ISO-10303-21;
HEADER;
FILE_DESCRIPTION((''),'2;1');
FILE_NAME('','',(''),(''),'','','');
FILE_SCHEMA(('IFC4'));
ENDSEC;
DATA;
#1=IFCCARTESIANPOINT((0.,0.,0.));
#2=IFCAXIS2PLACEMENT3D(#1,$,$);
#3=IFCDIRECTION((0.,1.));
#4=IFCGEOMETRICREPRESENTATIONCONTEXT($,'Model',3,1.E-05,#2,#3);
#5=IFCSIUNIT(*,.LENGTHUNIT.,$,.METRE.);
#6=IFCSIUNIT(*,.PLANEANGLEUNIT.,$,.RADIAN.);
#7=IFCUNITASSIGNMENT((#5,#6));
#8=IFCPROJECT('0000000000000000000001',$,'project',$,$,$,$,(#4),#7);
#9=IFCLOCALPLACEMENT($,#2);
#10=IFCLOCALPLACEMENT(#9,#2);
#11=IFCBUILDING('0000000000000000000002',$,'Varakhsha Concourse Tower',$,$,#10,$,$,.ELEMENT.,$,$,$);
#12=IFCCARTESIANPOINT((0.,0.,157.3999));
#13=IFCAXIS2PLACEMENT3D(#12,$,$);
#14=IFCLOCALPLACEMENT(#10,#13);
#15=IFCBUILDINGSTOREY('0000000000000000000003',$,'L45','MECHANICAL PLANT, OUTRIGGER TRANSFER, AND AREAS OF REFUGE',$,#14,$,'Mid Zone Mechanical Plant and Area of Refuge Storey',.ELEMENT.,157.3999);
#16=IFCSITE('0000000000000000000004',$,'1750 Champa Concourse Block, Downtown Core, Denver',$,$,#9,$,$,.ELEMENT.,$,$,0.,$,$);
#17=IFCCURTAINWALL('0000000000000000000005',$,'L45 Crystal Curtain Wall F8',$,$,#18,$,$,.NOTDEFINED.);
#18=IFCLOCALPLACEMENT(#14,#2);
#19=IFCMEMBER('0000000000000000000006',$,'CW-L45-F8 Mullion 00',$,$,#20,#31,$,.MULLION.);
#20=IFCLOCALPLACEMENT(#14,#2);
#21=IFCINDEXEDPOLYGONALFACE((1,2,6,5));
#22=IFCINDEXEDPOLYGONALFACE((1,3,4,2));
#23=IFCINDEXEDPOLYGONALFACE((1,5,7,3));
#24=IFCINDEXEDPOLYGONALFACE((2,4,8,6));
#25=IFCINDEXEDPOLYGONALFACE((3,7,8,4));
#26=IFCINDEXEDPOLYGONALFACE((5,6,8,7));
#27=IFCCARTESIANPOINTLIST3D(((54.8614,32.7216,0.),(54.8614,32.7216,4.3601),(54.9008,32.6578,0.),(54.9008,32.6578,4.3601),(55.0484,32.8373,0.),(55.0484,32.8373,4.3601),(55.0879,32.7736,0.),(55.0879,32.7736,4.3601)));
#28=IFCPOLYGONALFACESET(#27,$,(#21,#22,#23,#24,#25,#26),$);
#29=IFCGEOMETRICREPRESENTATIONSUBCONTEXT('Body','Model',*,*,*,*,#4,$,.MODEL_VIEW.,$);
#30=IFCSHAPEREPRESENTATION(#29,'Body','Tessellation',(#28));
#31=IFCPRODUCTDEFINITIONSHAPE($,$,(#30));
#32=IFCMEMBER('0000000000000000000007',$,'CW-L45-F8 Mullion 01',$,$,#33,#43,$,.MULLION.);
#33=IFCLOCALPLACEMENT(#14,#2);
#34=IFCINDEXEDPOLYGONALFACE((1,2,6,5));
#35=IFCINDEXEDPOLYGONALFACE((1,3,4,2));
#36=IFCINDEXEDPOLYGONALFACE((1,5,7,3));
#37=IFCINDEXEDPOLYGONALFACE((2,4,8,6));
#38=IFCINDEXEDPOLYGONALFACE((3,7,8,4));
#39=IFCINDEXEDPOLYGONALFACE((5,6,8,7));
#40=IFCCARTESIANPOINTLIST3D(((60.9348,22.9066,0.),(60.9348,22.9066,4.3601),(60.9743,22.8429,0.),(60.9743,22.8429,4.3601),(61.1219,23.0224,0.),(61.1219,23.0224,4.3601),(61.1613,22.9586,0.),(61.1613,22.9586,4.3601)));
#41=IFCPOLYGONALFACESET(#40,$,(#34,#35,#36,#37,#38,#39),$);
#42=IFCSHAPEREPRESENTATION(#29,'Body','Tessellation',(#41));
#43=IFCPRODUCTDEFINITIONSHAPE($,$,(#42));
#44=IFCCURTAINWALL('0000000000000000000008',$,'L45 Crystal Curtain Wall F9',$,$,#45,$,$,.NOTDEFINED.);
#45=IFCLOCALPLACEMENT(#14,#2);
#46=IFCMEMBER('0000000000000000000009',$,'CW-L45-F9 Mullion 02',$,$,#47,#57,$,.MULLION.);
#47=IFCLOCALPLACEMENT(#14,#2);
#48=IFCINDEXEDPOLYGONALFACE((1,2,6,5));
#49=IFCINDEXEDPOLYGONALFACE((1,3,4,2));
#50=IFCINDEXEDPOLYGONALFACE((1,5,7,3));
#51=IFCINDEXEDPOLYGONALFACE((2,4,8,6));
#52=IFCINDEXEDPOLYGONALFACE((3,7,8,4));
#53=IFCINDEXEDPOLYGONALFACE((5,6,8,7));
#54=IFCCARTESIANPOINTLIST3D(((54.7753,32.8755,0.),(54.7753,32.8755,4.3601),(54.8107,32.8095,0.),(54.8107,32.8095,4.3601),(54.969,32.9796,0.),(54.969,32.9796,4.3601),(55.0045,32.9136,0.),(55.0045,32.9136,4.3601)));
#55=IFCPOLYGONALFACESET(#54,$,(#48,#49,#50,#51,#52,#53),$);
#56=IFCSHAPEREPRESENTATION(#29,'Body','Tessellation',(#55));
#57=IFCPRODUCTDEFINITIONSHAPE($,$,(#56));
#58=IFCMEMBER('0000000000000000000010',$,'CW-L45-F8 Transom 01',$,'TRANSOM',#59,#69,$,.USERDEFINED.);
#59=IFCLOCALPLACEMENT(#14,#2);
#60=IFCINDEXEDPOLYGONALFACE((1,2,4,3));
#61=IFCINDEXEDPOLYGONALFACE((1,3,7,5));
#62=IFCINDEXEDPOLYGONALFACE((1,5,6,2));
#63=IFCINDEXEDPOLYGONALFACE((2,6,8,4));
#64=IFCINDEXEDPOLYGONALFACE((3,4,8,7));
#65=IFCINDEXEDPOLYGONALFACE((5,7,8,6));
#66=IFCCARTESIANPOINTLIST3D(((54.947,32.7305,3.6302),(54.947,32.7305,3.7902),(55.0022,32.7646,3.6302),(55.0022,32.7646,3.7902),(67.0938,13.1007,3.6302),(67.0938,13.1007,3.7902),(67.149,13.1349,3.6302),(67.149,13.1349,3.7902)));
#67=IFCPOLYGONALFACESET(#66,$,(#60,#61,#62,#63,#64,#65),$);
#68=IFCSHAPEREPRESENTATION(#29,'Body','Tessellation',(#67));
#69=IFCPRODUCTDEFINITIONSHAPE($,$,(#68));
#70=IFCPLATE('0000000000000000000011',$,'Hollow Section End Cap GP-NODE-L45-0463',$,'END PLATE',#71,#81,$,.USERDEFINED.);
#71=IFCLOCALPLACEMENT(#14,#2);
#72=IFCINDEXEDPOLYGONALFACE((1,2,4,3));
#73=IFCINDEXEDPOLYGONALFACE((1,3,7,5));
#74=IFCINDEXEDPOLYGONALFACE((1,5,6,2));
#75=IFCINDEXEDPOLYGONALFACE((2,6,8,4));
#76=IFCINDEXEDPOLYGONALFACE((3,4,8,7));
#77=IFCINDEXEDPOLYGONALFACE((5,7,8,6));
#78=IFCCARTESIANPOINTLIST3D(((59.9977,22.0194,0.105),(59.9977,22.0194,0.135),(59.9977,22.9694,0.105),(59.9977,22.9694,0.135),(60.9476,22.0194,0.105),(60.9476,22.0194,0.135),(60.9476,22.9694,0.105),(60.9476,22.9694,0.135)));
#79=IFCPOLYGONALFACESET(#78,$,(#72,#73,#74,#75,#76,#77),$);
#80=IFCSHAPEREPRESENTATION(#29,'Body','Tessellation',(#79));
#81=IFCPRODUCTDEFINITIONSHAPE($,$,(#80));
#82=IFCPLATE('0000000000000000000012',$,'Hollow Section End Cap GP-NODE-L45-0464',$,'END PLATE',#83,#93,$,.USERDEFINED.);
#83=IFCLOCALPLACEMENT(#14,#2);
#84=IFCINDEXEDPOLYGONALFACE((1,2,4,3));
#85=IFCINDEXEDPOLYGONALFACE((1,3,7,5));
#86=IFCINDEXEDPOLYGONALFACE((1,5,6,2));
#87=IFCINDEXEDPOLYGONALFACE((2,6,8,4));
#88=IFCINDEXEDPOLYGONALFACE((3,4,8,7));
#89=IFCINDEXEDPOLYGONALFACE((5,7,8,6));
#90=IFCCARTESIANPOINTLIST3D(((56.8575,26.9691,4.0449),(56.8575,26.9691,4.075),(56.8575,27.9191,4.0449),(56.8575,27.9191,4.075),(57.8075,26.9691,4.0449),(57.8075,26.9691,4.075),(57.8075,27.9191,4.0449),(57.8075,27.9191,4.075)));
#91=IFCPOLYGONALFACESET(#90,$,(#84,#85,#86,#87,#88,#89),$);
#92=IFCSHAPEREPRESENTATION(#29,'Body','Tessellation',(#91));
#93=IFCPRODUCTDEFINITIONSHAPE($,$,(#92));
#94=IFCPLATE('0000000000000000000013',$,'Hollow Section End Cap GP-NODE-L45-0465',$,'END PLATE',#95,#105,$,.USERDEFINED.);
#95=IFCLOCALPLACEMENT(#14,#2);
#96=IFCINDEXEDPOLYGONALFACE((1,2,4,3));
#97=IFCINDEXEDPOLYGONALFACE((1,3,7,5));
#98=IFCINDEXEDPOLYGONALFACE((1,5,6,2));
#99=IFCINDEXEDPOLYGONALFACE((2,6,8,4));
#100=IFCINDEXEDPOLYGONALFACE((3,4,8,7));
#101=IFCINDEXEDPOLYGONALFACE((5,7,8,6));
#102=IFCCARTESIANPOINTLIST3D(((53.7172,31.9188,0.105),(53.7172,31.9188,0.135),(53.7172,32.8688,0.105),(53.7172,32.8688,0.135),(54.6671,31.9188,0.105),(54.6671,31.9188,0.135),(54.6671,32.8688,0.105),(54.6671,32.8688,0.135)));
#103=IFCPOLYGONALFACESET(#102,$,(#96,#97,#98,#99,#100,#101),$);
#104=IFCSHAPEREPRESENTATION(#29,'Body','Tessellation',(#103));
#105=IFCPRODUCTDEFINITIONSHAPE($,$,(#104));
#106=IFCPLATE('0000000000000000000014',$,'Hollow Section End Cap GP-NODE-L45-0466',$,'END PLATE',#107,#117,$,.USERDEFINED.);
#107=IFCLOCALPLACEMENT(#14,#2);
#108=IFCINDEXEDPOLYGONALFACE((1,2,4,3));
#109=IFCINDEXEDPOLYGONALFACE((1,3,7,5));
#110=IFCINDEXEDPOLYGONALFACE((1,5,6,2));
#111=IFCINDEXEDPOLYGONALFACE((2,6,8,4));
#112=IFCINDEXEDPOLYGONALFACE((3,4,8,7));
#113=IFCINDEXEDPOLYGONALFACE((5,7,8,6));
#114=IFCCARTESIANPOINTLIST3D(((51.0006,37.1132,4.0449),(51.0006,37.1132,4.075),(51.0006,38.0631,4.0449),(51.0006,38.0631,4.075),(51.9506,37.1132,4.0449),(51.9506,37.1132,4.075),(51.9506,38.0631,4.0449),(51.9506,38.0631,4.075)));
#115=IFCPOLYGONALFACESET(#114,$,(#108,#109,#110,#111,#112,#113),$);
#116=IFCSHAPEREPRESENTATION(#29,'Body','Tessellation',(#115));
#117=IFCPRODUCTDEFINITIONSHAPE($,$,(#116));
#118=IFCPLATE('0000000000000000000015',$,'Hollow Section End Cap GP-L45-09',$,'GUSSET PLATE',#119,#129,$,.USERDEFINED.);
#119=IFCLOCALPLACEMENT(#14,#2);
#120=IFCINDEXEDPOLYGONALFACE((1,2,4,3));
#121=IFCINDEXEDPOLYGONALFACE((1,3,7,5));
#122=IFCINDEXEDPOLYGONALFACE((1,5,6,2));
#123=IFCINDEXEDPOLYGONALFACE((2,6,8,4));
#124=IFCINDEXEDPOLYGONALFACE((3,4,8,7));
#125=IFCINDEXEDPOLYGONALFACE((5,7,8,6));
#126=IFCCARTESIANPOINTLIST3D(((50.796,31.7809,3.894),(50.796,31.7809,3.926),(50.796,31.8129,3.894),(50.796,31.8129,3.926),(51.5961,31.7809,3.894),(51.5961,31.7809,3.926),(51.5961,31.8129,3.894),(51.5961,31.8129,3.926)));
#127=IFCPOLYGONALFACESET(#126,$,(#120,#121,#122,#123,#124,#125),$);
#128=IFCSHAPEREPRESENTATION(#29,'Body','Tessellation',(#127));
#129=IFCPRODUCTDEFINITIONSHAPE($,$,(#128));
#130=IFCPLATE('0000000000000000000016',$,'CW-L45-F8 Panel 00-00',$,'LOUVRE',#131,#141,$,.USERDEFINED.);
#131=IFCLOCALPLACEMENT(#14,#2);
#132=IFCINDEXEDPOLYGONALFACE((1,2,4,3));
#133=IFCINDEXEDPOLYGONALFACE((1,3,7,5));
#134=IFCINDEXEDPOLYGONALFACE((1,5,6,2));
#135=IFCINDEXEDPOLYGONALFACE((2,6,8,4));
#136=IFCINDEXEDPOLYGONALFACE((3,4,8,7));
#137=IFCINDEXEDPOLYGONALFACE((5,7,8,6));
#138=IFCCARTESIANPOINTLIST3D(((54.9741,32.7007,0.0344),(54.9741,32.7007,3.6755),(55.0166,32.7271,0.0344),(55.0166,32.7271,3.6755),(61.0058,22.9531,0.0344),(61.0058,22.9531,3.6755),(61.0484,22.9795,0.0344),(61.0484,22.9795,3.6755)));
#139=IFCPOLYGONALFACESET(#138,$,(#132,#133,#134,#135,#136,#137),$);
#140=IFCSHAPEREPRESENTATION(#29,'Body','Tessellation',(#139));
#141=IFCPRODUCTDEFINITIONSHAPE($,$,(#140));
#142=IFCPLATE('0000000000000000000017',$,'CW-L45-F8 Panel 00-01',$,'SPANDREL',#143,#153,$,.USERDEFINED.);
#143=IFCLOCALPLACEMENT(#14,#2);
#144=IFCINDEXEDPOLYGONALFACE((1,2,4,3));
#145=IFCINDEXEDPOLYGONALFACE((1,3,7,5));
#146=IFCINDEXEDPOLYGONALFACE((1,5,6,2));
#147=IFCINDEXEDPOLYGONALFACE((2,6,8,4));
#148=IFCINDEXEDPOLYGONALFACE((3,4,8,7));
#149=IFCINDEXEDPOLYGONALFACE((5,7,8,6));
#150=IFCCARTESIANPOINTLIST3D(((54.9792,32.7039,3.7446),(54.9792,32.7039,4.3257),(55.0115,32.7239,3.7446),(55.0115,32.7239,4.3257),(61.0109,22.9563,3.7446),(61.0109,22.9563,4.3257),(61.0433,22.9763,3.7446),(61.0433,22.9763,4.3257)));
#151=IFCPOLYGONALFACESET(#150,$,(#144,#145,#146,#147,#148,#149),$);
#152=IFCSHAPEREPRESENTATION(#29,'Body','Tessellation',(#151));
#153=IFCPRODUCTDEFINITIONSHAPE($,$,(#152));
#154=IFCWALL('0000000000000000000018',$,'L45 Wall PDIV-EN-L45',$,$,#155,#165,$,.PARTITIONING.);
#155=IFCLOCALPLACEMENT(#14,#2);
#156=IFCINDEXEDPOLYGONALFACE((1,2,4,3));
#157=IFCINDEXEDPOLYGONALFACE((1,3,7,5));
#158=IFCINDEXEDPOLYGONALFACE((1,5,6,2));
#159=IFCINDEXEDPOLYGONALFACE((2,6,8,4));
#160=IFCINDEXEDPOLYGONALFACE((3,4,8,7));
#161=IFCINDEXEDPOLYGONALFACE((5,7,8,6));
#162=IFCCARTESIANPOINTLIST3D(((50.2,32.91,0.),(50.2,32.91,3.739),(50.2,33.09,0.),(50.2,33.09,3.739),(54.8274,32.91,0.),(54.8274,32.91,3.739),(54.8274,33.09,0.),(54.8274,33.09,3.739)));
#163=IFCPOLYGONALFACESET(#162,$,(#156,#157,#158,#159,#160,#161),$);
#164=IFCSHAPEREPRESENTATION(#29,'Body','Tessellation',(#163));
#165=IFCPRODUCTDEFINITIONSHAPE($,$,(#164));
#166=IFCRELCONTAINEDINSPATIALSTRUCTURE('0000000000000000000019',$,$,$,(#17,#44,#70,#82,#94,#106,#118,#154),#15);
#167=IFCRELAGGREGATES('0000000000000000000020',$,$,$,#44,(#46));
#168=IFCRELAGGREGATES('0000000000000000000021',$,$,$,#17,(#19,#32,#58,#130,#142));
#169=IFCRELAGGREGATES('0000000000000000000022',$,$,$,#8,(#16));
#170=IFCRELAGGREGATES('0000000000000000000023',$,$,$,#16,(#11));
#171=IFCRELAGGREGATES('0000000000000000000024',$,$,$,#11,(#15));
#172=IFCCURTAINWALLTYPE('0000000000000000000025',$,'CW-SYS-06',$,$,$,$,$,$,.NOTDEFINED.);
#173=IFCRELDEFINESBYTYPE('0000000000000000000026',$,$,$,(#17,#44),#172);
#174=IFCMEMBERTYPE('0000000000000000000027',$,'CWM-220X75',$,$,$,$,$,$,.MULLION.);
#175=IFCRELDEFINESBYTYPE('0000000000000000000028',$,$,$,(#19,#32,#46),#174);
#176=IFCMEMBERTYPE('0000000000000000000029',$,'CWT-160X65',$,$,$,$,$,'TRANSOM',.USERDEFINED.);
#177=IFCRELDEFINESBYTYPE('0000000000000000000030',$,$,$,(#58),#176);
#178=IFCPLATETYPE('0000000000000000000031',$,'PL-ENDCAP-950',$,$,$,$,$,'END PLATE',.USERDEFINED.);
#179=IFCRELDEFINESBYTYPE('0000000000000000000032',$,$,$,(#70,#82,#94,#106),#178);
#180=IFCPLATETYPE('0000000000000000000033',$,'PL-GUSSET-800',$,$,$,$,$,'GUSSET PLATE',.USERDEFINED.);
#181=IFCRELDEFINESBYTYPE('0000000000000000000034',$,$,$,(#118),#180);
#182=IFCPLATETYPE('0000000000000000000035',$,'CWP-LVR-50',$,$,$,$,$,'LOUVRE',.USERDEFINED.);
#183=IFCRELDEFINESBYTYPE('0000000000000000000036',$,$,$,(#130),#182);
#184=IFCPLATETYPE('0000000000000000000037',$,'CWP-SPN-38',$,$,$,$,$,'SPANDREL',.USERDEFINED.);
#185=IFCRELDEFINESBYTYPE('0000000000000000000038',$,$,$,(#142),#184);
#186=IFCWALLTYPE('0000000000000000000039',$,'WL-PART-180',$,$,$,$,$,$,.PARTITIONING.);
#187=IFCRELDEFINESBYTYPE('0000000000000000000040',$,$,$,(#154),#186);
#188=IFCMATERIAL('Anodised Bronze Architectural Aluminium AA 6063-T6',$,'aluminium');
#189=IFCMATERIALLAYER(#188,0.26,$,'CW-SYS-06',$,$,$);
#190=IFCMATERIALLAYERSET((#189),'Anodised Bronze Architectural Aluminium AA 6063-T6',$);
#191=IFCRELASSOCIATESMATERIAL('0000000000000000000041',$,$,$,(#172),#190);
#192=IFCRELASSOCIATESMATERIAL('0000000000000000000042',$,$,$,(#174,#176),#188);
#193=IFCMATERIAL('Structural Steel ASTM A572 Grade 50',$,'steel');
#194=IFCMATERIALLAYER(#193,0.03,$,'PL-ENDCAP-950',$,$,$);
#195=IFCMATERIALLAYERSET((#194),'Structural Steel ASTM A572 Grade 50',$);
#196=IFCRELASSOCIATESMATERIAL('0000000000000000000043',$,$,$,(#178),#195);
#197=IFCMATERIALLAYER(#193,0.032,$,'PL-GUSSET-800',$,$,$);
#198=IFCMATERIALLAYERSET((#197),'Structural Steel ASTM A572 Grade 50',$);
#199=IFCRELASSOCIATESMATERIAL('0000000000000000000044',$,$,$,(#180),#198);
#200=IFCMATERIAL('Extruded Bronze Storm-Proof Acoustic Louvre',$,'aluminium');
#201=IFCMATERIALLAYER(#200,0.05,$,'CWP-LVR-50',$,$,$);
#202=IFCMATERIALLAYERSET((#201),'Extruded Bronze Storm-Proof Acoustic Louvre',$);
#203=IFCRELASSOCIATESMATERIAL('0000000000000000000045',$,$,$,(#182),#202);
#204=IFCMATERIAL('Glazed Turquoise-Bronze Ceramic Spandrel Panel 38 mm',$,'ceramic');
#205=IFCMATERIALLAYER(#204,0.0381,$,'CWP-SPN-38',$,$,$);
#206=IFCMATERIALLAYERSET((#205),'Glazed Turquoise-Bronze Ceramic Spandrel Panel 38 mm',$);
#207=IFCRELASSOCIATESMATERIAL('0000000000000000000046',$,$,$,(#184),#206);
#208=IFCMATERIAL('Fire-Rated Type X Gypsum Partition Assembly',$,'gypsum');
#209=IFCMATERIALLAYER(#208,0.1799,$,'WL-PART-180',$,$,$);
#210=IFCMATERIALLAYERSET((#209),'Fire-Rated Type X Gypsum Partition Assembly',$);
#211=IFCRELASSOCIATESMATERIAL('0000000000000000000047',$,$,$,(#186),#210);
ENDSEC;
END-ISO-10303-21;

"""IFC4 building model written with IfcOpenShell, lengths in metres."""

from ifc_helpers import new_model, si_unit, direction, frame, frame_2d, origin, origin_2d, place, context, subcontext, project, spatial, rectangle, extrude, source, transform, mapped, material, layer, layer_set, material_profile, profile_set, type_object, type_shapes, element, aggregate, save


model = new_model("IFC4")

# Units and contexts
model_context = context("Model", 3, precision=1e-05, world=origin(), true_north=direction((0.0, 1.0)))
body_context = subcontext(model_context, "Body", "Model", "MODEL_VIEW")
ifc_project = project(units=[si_unit("LENGTHUNIT", "METRE"), si_unit("PLANEANGLEUNIT", "RADIAN")], contexts=[model_context])

# Site, building, storey
site_placement = place(None, origin())
site = spatial("IfcSite", under=ifc_project, at=site_placement, Name="1750 Champa Concourse Block, Downtown Core, Denver", CompositionType="ELEMENT", RefElevation=0.0)
building_placement = place(site_placement, origin())
building = spatial("IfcBuilding", under=site, at=building_placement, Name="Varakhsha Concourse Tower", CompositionType="ELEMENT")
storey_placement = place(building_placement, frame((0.0, 0.0, 157.3999)))
storey = spatial("IfcBuildingStorey", under=building, at=storey_placement, Name="L45", Description="MECHANICAL PLANT, OUTRIGGER TRANSFER, AND AREAS OF REFUGE", LongName="Mid Zone Mechanical Plant and Area of Refuge Storey", CompositionType="ELEMENT", Elevation=157.3999)

# Shared definitions
ifc_material_1 = material(Name="Structural Steel ASTM A572 Grade 50", Category="steel")

# Curtain wall, members
ifc_material_2 = material(Name="Anodised Bronze Architectural Aluminium AA 6063-T6", Category="aluminium")
ifc_layer_1 = layer(ifc_material_2, 0.26, Name="CW-SYS-06")
ifc_layer_set_1 = layer_set([ifc_layer_1], Name="Anodised Bronze Architectural Aluminium AA 6063-T6")
curtain_wall_type = type_object("IfcCurtainWallType", Name="CW-SYS-06", PredefinedType="NOTDEFINED", material=ifc_layer_set_1)
curtain_wall_1_placement = place(storey_placement, origin())
curtain_wall_1 = element("IfcCurtainWall", 1, at=curtain_wall_1_placement, inside=storey, type_object=curtain_wall_type, Name="L45 Crystal Curtain Wall F8", PredefinedType="NOTDEFINED")
ifc_material_profile_1 = material_profile(ifc_material_2, rectangle(XDim=0.075, YDim=0.22, at=origin_2d()), Name="CWM-220X75")
ifc_profile_set_1 = profile_set([ifc_material_profile_1], Name="Anodised Bronze Architectural Aluminium AA 6063-T6")
member_type_1 = type_object("IfcMemberType", Name="CWM-220X75", PredefinedType="MULLION", material=ifc_profile_set_1)
shared_shape_1 = source(origin(), body_context, "Body", "SweptSolid", [
    extrude(rectangle(XDim=0.075, YDim=0.22, at=origin_2d()), origin(), (0.0, 0.0, 1.0), 4.3601),
])
type_shapes(member_type_1, [shared_shape_1])
member_1_placement = place(storey_placement, frame((54.9746, 32.7476, 0.0), z_axis=(0.0, 0.0, 1.0), x_axis=(0.526199, -0.850361, 0.0)))
member_1 = element("IfcMember", 2, at=member_1_placement, type_object=member_type_1, Name="CW-L45-F8 Mullion 00", PredefinedType="MULLION", context=body_context, shape_type="MappedRepresentation", body=[
    mapped(shared_shape_1, transform((0.0, 0.0, 0.0), scale=1.0)),
])
member_2_placement = place(storey_placement, frame((61.0481, 22.9326, 0.0), z_axis=(0.0, 0.0, 1.0), x_axis=(0.526199, -0.850361, 0.0)))
member_2 = element("IfcMember", 3, at=member_2_placement, type_object=member_type_1, Name="CW-L45-F8 Mullion 01", PredefinedType="MULLION", context=body_context, shape_type="MappedRepresentation", body=[
    mapped(shared_shape_1, transform((0.0, 0.0, 0.0), scale=1.0)),
])

# Curtain wall, member
curtain_wall_2_placement = place(storey_placement, origin())
curtain_wall_2 = element("IfcCurtainWall", 4, at=curtain_wall_2_placement, inside=storey, type_object=curtain_wall_type, Name="L45 Crystal Curtain Wall F9", PredefinedType="NOTDEFINED")
member_3_placement = place(storey_placement, frame((54.8899, 32.8945, 0.0), z_axis=(0.0, 0.0, 1.0), x_axis=(0.473335, -0.880882, 0.0)))
member_3 = element("IfcMember", 5, at=member_3_placement, type_object=member_type_1, Name="CW-L45-F9 Mullion 02", PredefinedType="MULLION", context=body_context, shape_type="MappedRepresentation", body=[
    mapped(shared_shape_1, transform((0.0, 0.0, 0.0), scale=1.0)),
])
aggregate(curtain_wall_2, [member_3])

# Member
ifc_material_profile_2 = material_profile(ifc_material_2, rectangle(XDim=0.0649, YDim=0.1599, at=origin_2d()), Name="CWT-160X65")
ifc_profile_set_2 = profile_set([ifc_material_profile_2], Name="Anodised Bronze Architectural Aluminium AA 6063-T6")
member_type_2 = type_object("IfcMemberType", Name="CWT-160X65", ElementType="TRANSOM", PredefinedType="USERDEFINED", material=ifc_profile_set_2)
shared_shape_2 = source(origin(), body_context, "Body", "SweptSolid", [
    extrude(rectangle(XDim=0.0649, YDim=0.1599, at=origin_2d()), origin(), (0.0, 0.0, 1.0), 23.084),
])
type_shapes(member_type_2, [shared_shape_2])
member_4_placement = place(storey_placement, frame((54.9746, 32.7476, 3.7102), z_axis=(0.526199, -0.850361, 0.0), x_axis=(0.850361, 0.526199, 0.0)))
member_4 = element("IfcMember", 6, at=member_4_placement, type_object=member_type_2, Name="CW-L45-F8 Transom 01", ObjectType="TRANSOM", PredefinedType="USERDEFINED", context=body_context, shape_type="MappedRepresentation", body=[
    mapped(shared_shape_2, transform((0.0, 0.0, 0.0), scale=1.0)),
])

# Plates
ifc_layer_2 = layer(ifc_material_1, 0.03, Name="PL-ENDCAP-950")
ifc_layer_set_2 = layer_set([ifc_layer_2], Name="Structural Steel ASTM A572 Grade 50")
plate_type_1 = type_object("IfcPlateType", Name="PL-ENDCAP-950", ElementType="END PLATE", PredefinedType="USERDEFINED", material=ifc_layer_set_2)
shared_shape_3 = source(origin(), body_context, "Body", "SweptSolid", [
    extrude(rectangle(XDim=0.95, YDim=0.95, at=origin_2d()), origin(), (0.0, 0.0, 1.0), 0.03),
])
type_shapes(plate_type_1, [shared_shape_3])
for number, where, z_axis, x_axis, name in (
    (7, (60.4727, 22.4944, 0.105), (0.0, 0.0, 1.0), (1.0, 0.0, 0.0), "Hollow Section End Cap GP-NODE-L45-0463"),
    (8, (57.3325, 27.4441, 4.0449), (0.0, 0.0, 1.0), (1.0, 0.0, 0.0), "Hollow Section End Cap GP-NODE-L45-0464"),
    (9, (54.1921, 32.3938, 0.105), (0.0, 0.0, 1.0), (1.0, 0.0, 0.0), "Hollow Section End Cap GP-NODE-L45-0465"),
    (10, (51.4756, 37.5881, 4.0449), (0.0, 0.0, 1.0), (1.0, 0.0, 0.0), "Hollow Section End Cap GP-NODE-L45-0466"),
):
    element("IfcPlate", number, at=place(storey_placement, frame(where, z_axis=z_axis, x_axis=x_axis)), inside=storey, type_object=plate_type_1, Name=name, ObjectType="END PLATE", PredefinedType="USERDEFINED", context=body_context, shape_type="MappedRepresentation", body=[
        mapped(shared_shape_3, transform((0.0, 0.0, 0.0), scale=1.0)),
    ])
ifc_layer_3 = layer(ifc_material_1, 0.032, Name="PL-GUSSET-800")
ifc_layer_set_3 = layer_set([ifc_layer_3], Name="Structural Steel ASTM A572 Grade 50")
plate_type_2 = type_object("IfcPlateType", Name="PL-GUSSET-800", ElementType="GUSSET PLATE", PredefinedType="USERDEFINED", material=ifc_layer_set_3)
shared_shape_4 = source(origin(), body_context, "Body", "SweptSolid", [
    extrude(rectangle(XDim=0.8, YDim=0.032, at=origin_2d()), origin(), (0.0, 0.0, 1.0), 0.032),
])
type_shapes(plate_type_2, [shared_shape_4])
plate_1_placement = place(storey_placement, frame((51.196, 31.7969, 3.894), z_axis=(0.0, 0.0, 1.0), x_axis=(1.0, 0.0, 0.0)))
element("IfcPlate", 11, at=plate_1_placement, inside=storey, type_object=plate_type_2, Name="Hollow Section End Cap GP-L45-09", ObjectType="GUSSET PLATE", PredefinedType="USERDEFINED", context=body_context, shape_type="MappedRepresentation", body=[
    mapped(shared_shape_4, transform((0.0, 0.0, 0.0), scale=1.0)),
])

# Plates
ifc_material_3 = material(Name="Extruded Bronze Storm-Proof Acoustic Louvre", Category="aluminium")
ifc_layer_4 = layer(ifc_material_3, 0.05, Name="CWP-LVR-50")
ifc_layer_set_4 = layer_set([ifc_layer_4], Name="Extruded Bronze Storm-Proof Acoustic Louvre")
plate_type_3 = type_object("IfcPlateType", Name="CWP-LVR-50", ElementType="LOUVRE", PredefinedType="USERDEFINED", material=ifc_layer_set_4)
shared_shape_5 = source(origin(), body_context, "Body", "SweptSolid", [
    extrude(rectangle(XDim=11.4629, YDim=0.05, at=origin_2d()), origin(), (0.0, 0.0, 1.0), 3.6411),
])
type_shapes(plate_type_3, [shared_shape_5])
plate_2_placement = place(storey_placement, frame((58.0112, 27.8401, 0.0344), z_axis=(0.0, 0.0, 1.0), x_axis=(0.526199, -0.850361, 0.0)))
plate_2 = element("IfcPlate", 12, at=plate_2_placement, type_object=plate_type_3, Name="CW-L45-F8 Panel 00-00", ObjectType="LOUVRE", PredefinedType="USERDEFINED", context=body_context, shape_type="MappedRepresentation", body=[
    mapped(shared_shape_5, transform((0.0, 0.0, 0.0), scale=1.0)),
])
ifc_material_4 = material(Name="Glazed Turquoise-Bronze Ceramic Spandrel Panel 38 mm", Category="ceramic")
ifc_layer_5 = layer(ifc_material_4, 0.0381, Name="CWP-SPN-38")
ifc_layer_set_5 = layer_set([ifc_layer_5], Name="Glazed Turquoise-Bronze Ceramic Spandrel Panel 38 mm")
plate_type_4 = type_object("IfcPlateType", Name="CWP-SPN-38", ElementType="SPANDREL", PredefinedType="USERDEFINED", material=ifc_layer_set_5)
shared_shape_6 = source(origin(), body_context, "Body", "SweptSolid", [
    extrude(rectangle(XDim=11.4629, YDim=0.0381, at=origin_2d()), origin(), (0.0, 0.0, 1.0), 0.5811),
])
type_shapes(plate_type_4, [shared_shape_6])
plate_3_placement = place(storey_placement, frame((58.0112, 27.8401, 3.7446), z_axis=(0.0, 0.0, 1.0), x_axis=(0.526199, -0.850361, 0.0)))
plate_3 = element("IfcPlate", 13, at=plate_3_placement, type_object=plate_type_4, Name="CW-L45-F8 Panel 00-01", ObjectType="SPANDREL", PredefinedType="USERDEFINED", context=body_context, shape_type="MappedRepresentation", body=[
    mapped(shared_shape_6, transform((0.0, 0.0, 0.0), scale=1.0)),
])
aggregate(curtain_wall_1, [member_1, member_2, member_4, plate_2, plate_3])

# Wall
ifc_material_5 = material(Name="Fire-Rated Type X Gypsum Partition Assembly", Category="gypsum")
ifc_layer_6 = layer(ifc_material_5, 0.1799, Name="WL-PART-180")
ifc_layer_set_6 = layer_set([ifc_layer_6], Name="Fire-Rated Type X Gypsum Partition Assembly")
wall_type = type_object("IfcWallType", Name="WL-PART-180", PredefinedType="PARTITIONING", material=ifc_layer_set_6)
wall_placement = place(storey_placement, frame((50.2, 33.0, 0.0), z_axis=(0.0, 0.0, 1.0), x_axis=(1.0, 0.0, 0.0)))
element("IfcWall", 14, at=wall_placement, inside=storey, type_object=wall_type, Name="L45 Wall PDIV-EN-L45", PredefinedType="PARTITIONING", context=body_context, shape_type="SweptSolid", body=[
    extrude(rectangle(XDim=4.6274, YDim=0.1799, at=frame_2d((2.3137, 0.0))), origin(), (0.0, 0.0, 1.0), 3.739),
])

save(model, "model.ifc")
